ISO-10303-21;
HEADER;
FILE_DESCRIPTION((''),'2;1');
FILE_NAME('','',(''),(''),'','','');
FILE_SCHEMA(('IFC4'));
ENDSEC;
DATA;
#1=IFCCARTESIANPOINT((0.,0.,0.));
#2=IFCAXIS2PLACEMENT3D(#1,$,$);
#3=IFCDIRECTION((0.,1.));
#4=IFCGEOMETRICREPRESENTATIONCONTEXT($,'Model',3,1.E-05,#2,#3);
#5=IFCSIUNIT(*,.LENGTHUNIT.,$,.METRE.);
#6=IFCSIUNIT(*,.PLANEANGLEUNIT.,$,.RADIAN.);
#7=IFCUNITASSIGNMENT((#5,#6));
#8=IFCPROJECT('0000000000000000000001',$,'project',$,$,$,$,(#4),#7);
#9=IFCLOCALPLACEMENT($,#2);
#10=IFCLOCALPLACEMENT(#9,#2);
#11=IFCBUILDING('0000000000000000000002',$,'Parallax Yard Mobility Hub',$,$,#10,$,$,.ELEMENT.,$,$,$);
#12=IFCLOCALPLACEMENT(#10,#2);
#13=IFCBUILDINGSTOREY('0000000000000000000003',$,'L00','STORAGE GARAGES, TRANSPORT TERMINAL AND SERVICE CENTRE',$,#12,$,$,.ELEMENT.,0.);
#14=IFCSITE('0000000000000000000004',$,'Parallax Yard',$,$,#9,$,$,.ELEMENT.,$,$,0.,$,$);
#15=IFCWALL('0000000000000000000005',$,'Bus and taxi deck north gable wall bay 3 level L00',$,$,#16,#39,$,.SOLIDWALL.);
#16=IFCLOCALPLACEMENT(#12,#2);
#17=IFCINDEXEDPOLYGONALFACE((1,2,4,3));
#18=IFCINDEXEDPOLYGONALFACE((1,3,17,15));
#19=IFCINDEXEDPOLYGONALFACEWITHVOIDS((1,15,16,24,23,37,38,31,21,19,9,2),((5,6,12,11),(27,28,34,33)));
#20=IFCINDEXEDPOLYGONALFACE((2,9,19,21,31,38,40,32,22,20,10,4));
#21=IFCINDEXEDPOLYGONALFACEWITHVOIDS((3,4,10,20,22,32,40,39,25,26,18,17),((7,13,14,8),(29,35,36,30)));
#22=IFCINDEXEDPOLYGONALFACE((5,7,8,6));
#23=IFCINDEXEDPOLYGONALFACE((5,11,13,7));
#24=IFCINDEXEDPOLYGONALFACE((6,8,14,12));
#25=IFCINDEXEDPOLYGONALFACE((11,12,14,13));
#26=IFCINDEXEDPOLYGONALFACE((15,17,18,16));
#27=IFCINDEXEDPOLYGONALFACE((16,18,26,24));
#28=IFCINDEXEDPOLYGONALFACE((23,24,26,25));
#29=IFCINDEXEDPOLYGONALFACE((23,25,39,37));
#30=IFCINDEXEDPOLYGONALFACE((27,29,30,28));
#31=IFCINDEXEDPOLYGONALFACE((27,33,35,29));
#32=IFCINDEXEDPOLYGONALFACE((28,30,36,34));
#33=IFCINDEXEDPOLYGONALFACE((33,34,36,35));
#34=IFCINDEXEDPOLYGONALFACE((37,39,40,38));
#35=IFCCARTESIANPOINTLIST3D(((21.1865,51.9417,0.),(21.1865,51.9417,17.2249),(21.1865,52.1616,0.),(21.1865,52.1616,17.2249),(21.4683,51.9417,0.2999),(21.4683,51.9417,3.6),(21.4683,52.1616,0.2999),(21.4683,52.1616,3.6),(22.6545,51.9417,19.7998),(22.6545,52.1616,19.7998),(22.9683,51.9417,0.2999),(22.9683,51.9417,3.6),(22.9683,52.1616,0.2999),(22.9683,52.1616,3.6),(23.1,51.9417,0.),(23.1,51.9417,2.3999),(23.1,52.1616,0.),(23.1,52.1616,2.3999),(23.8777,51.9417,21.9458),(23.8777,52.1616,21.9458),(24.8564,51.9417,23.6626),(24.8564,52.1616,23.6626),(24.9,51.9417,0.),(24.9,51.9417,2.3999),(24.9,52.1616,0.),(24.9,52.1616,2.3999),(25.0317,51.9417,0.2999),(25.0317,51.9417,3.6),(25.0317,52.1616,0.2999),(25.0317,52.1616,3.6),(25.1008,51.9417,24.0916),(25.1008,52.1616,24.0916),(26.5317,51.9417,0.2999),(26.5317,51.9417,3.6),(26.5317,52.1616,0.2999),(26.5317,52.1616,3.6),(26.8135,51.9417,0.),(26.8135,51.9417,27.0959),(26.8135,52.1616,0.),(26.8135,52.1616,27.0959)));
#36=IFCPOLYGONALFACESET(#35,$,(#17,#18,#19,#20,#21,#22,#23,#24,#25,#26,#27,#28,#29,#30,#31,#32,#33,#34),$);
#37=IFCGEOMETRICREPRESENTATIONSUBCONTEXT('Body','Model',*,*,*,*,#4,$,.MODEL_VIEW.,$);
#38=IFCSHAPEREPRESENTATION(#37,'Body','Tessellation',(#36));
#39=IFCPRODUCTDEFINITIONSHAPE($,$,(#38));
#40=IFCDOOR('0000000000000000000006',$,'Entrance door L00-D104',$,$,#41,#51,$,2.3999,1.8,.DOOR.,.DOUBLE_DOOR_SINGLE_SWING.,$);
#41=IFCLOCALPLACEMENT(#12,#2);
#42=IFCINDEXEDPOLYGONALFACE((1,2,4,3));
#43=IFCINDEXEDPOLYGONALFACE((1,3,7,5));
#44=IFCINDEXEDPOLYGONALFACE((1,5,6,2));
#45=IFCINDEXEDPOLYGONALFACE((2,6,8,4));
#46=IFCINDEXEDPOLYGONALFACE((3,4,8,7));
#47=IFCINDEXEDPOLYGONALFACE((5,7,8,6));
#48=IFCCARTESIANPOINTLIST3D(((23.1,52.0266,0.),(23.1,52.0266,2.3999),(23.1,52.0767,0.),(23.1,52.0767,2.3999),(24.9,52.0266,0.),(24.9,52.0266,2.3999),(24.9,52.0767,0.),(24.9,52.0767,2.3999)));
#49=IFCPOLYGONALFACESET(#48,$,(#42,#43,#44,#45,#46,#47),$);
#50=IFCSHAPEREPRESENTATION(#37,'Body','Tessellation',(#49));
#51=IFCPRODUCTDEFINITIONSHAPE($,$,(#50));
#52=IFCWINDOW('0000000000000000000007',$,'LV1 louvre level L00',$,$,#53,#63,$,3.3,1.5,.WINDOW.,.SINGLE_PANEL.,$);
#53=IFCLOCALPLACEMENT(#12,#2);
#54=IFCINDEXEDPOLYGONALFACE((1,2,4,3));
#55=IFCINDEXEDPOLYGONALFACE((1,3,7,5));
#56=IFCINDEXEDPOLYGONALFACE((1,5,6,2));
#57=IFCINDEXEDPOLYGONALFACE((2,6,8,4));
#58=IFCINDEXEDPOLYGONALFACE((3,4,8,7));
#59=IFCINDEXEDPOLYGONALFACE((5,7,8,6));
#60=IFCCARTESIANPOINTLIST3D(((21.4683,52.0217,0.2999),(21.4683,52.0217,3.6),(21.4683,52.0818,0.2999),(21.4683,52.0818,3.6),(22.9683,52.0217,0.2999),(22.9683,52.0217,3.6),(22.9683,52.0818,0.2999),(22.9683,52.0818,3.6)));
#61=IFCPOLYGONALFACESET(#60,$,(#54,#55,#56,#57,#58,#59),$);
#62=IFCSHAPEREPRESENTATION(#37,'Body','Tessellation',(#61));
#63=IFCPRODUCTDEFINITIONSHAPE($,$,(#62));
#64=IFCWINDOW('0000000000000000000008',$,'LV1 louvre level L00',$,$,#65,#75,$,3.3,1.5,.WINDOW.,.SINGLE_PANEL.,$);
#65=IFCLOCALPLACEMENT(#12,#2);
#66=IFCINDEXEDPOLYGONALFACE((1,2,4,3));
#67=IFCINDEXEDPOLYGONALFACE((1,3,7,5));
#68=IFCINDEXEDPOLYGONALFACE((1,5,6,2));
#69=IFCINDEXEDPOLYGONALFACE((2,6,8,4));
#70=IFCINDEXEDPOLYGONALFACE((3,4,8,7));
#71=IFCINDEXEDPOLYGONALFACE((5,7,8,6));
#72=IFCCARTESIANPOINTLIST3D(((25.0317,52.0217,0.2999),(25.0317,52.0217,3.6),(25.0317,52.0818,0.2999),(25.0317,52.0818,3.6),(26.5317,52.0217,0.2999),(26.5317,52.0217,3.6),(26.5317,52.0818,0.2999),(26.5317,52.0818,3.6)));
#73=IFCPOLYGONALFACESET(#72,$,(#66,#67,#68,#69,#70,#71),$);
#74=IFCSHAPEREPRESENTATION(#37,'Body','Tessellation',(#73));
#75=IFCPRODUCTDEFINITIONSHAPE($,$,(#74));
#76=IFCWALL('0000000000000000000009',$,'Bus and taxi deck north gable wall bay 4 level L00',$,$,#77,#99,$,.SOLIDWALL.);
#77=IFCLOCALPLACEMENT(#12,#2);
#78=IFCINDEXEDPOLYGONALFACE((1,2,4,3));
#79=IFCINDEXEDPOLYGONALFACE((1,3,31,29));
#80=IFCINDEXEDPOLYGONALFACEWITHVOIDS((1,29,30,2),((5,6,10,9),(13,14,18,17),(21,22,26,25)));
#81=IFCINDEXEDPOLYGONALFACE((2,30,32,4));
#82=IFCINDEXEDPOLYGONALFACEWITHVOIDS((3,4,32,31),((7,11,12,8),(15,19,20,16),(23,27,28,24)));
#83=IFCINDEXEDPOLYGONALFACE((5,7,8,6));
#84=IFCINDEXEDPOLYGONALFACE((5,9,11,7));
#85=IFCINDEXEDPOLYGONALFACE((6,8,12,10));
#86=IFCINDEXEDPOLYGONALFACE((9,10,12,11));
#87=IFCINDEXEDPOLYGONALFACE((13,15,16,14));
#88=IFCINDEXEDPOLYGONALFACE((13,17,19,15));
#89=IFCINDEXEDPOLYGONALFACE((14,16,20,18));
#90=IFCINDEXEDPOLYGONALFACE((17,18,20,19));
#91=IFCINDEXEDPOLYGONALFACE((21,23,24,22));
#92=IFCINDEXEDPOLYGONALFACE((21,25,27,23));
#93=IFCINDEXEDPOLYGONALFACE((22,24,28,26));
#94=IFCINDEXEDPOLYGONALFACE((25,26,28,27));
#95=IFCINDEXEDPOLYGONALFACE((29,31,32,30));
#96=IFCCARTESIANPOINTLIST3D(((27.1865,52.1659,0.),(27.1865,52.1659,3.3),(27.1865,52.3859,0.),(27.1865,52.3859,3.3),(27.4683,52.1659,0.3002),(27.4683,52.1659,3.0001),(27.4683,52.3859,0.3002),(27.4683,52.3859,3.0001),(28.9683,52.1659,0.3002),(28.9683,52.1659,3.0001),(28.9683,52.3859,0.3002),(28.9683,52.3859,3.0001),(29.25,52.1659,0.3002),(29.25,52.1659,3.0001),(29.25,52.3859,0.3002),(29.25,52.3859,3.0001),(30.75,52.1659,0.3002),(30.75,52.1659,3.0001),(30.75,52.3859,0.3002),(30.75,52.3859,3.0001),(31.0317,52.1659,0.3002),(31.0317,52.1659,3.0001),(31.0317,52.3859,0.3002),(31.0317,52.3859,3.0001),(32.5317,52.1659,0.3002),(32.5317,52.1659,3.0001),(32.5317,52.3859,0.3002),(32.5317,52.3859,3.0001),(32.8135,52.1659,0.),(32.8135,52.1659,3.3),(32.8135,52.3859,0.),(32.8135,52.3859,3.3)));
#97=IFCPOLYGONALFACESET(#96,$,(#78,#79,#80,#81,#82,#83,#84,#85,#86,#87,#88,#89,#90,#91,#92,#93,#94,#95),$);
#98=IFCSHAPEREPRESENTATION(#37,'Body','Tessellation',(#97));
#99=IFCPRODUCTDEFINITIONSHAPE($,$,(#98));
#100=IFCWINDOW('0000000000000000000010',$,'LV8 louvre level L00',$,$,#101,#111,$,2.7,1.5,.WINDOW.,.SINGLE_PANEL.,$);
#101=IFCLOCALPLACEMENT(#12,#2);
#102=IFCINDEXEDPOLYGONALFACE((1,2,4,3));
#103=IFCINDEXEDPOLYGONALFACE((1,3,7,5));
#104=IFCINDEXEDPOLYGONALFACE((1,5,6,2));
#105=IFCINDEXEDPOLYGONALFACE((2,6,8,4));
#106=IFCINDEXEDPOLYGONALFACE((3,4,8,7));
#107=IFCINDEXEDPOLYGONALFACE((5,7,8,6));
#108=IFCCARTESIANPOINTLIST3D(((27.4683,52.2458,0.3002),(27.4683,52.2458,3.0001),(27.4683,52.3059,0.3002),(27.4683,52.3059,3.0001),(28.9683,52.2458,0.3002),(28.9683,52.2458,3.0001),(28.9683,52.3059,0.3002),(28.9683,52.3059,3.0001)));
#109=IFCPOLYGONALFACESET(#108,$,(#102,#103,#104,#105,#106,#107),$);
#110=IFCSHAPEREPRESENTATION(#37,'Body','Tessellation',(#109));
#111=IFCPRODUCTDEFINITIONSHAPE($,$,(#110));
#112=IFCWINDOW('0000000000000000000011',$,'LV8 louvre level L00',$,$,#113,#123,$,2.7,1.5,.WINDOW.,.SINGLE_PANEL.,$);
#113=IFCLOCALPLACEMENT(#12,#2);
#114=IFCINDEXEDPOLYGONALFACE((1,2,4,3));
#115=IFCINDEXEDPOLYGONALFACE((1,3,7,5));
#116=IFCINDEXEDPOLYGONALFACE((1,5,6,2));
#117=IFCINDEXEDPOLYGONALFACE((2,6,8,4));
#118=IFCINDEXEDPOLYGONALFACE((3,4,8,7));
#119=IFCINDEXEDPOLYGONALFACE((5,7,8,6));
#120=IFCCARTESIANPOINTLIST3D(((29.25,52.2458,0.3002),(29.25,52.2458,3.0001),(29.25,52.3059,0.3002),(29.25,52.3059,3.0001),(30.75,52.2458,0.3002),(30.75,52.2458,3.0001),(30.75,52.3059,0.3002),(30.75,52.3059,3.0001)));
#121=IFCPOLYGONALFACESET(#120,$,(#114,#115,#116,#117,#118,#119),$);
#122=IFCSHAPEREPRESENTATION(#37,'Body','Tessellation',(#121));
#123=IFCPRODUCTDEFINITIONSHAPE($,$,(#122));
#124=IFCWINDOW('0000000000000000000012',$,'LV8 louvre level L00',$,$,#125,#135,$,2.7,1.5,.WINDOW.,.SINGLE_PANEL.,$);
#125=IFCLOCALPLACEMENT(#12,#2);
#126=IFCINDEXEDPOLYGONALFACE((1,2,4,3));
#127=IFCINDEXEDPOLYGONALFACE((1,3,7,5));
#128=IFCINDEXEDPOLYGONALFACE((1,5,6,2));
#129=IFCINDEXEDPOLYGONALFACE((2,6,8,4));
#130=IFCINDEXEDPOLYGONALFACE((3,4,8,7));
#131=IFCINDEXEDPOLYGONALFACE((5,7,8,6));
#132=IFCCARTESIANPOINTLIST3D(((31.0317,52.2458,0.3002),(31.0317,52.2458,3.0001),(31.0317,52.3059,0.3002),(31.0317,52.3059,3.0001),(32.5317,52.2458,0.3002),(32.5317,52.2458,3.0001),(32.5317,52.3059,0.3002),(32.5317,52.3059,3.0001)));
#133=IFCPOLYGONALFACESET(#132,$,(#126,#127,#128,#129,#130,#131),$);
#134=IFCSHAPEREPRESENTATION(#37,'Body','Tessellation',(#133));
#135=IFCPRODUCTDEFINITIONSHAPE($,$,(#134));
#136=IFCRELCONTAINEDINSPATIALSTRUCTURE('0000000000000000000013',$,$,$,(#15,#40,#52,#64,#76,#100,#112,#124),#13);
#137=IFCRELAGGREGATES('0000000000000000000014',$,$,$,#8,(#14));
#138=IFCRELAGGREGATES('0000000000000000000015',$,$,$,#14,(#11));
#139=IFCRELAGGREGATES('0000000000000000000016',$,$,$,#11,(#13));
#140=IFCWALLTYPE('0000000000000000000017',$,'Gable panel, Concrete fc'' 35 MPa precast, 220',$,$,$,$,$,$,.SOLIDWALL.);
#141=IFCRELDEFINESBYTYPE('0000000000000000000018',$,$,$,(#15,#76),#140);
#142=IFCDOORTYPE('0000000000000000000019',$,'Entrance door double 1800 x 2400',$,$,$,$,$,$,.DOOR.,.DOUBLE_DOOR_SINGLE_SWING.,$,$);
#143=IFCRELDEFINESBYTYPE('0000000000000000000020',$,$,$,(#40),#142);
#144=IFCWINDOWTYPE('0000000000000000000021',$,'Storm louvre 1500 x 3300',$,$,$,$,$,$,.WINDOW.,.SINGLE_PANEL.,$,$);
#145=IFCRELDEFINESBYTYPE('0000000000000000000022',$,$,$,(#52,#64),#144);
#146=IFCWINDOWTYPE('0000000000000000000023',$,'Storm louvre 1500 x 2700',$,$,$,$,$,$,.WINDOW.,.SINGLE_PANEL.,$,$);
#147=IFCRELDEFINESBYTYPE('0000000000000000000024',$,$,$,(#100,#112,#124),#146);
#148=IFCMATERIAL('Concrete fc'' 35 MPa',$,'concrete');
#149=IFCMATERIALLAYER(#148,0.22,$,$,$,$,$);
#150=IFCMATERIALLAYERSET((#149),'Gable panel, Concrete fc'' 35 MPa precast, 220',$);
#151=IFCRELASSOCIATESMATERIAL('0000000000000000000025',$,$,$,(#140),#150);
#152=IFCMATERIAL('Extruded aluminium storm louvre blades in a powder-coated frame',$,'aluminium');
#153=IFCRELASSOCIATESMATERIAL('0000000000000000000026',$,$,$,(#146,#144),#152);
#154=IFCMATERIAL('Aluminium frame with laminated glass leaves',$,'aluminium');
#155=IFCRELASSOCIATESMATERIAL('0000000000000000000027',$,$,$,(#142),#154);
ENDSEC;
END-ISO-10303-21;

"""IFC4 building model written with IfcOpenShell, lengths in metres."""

from ifc_helpers import new_model, si_unit, direction, frame, frame_2d, origin, place, context, subcontext, project, spatial, polyline, rectangle, outline, extrude, material, layer, layer_set, type_object, element, fill, save


model = new_model("IFC4")

# Units and contexts
model_context = context("Model", 3, precision=1e-05, world=origin(), true_north=direction((0.0, 1.0)))
body_context = subcontext(model_context, "Body", "Model", "MODEL_VIEW")
ifc_project = project(units=[si_unit("LENGTHUNIT", "METRE"), si_unit("PLANEANGLEUNIT", "RADIAN")], contexts=[model_context])

# Site, building, storey
site_placement = place(None, origin())
site = spatial("IfcSite", under=ifc_project, at=site_placement, Name="Parallax Yard", CompositionType="ELEMENT", RefElevation=0.0)
building_placement = place(site_placement, origin())
building = spatial("IfcBuilding", under=site, at=building_placement, Name="Parallax Yard Mobility Hub", CompositionType="ELEMENT")
storey_placement = place(building_placement, origin())
storey = spatial("IfcBuildingStorey", under=building, at=storey_placement, Name="L00", Description="STORAGE GARAGES, TRANSPORT TERMINAL AND SERVICE CENTRE", CompositionType="ELEMENT", Elevation=0.0)

# Shared definitions
ifc_material_1 = material(Name="Concrete fc' 35 MPa", Category="concrete")
ifc_layer = layer(ifc_material_1, 0.22)
ifc_layer_set = layer_set([ifc_layer], Name="Gable panel, Concrete fc' 35 MPa precast, 220")
wall_type = type_object("IfcWallType", Name="Gable panel, Concrete fc' 35 MPa precast, 220", PredefinedType="SOLIDWALL", material=ifc_layer_set)
ifc_material_2 = material(Name="Extruded aluminium storm louvre blades in a powder-coated frame", Category="aluminium")
window_type_1 = type_object("IfcWindowType", Name="Storm louvre 1500 x 2700", PartitioningType="SINGLE_PANEL", PredefinedType="WINDOW", material=ifc_material_2)

# Wall, openings, door, windows
wall_1_placement = place(storey_placement, frame((21.1865, 52.0518, 0.0), z_axis=(0.0, 0.0, 1.0), x_axis=(1.0, 0.0, 0.0)))
wall_1 = element("IfcWall", 1, at=wall_1_placement, inside=storey, type_object=wall_type, Name="Bus and taxi deck north gable wall bay 3 level L00", PredefinedType="SOLIDWALL", context=body_context, shape_type="SweptSolid", body=[
    extrude(outline(polyline([(0.0, 0.0), (5.627, 0.0), (5.627, 27.0959), (5.3823, 26.6667), (5.1377, 26.2375), (3.9143, 24.0916), (3.6699, 23.6626), (2.6912, 21.9458), (2.4465, 21.5166), (1.468, 19.7998), (1.2234, 19.3706), (0.2446, 17.6538), (0.0, 17.2249), (0.0, 0.0)])), frame((0.0, 0.1099, 0.0), z_axis=(0.0, -1.0, 0.0), x_axis=(1.0, 0.0, 0.0)), (0.0, 0.0, 1.0), 0.22),
])
opening_1_placement = place(wall_1_placement, frame((1.9136, 0.0, 0.0)))
opening_1 = element("IfcOpeningElement", 2, at=opening_1_placement, cuts=wall_1, PredefinedType="OPENING", context=body_context, shape_type="SweptSolid", body=[
    extrude(rectangle(XDim=1.8, YDim=2.3999, at=frame_2d((0.8999, 1.2))), frame((0.0, 0.1201, 0.0), z_axis=(0.0, -1.0, 0.0), x_axis=(1.0, 0.0, 0.0)), (0.0, 0.0, 1.0), 0.24),
])
opening_2_placement = place(wall_1_placement, frame((0.2817, 0.0, 0.3)))
opening_2 = element("IfcOpeningElement", 3, at=opening_2_placement, cuts=wall_1, PredefinedType="OPENING", context=body_context, shape_type="SweptSolid", body=[
    extrude(rectangle(XDim=1.5, YDim=3.3, at=frame_2d((0.75, 1.6499))), frame((0.0, 0.1201, 0.0), z_axis=(0.0, -1.0, 0.0), x_axis=(1.0, 0.0, 0.0)), (0.0, 0.0, 1.0), 0.24),
])
opening_3_placement = place(wall_1_placement, frame((3.8452, 0.0, 0.3)))
opening_3 = element("IfcOpeningElement", 4, at=opening_3_placement, cuts=wall_1, PredefinedType="OPENING", context=body_context, shape_type="SweptSolid", body=[
    extrude(rectangle(XDim=1.5, YDim=3.3, at=frame_2d((0.75, 1.6499))), frame((0.0, 0.1201, 0.0), z_axis=(0.0, -1.0, 0.0), x_axis=(1.0, 0.0, 0.0)), (0.0, 0.0, 1.0), 0.24),
])
ifc_material_3 = material(Name="Aluminium frame with laminated glass leaves", Category="aluminium")
door_type = type_object("IfcDoorType", Name="Entrance door double 1800 x 2400", OperationType="DOUBLE_DOOR_SINGLE_SWING", PredefinedType="DOOR", material=ifc_material_3)
door_placement = place(opening_1_placement, origin())
door = element("IfcDoor", 5, at=door_placement, inside=storey, type_object=door_type, Name="Entrance door L00-D104", OperationType="DOUBLE_DOOR_SINGLE_SWING", OverallHeight=2.3999, OverallWidth=1.8, PredefinedType="DOOR", context=body_context, shape_type="SweptSolid", body=[
    extrude(rectangle(XDim=1.8, YDim=2.3999, at=frame_2d((0.8999, 1.2))), frame((0.0, 0.0249, 0.0), z_axis=(0.0, -1.0, 0.0), x_axis=(1.0, 0.0, 0.0)), (0.0, 0.0, 1.0), 0.05),
])
fill(opening_1, door)
window_type_2 = type_object("IfcWindowType", Name="Storm louvre 1500 x 3300", PartitioningType="SINGLE_PANEL", PredefinedType="WINDOW", material=ifc_material_2)
window_1_placement = place(opening_2_placement, origin())
window_1 = element("IfcWindow", 6, at=window_1_placement, inside=storey, type_object=window_type_2, Name="LV1 louvre level L00", OverallHeight=3.3, OverallWidth=1.5, PartitioningType="SINGLE_PANEL", PredefinedType="WINDOW", context=body_context, shape_type="SweptSolid", body=[
    extrude(rectangle(XDim=1.5, YDim=3.3, at=frame_2d((0.75, 1.6499))), frame((0.0, 0.03, 0.0), z_axis=(0.0, -1.0, 0.0), x_axis=(1.0, 0.0, 0.0)), (0.0, 0.0, 1.0), 0.0601),
])
fill(opening_2, window_1)
window_2_placement = place(opening_3_placement, origin())
window_2 = element("IfcWindow", 7, at=window_2_placement, inside=storey, type_object=window_type_2, Name="LV1 louvre level L00", OverallHeight=3.3, OverallWidth=1.5, PartitioningType="SINGLE_PANEL", PredefinedType="WINDOW", context=body_context, shape_type="SweptSolid", body=[
    extrude(rectangle(XDim=1.5, YDim=3.3, at=frame_2d((0.75, 1.6499))), frame((0.0, 0.03, 0.0), z_axis=(0.0, -1.0, 0.0), x_axis=(1.0, 0.0, 0.0)), (0.0, 0.0, 1.0), 0.0601),
])
fill(opening_3, window_2)

# Wall, openings, windows
wall_2_placement = place(storey_placement, frame((27.1865, 52.2759, 0.0), z_axis=(0.0, 0.0, 1.0), x_axis=(1.0, 0.0, 0.0)))
wall_2 = element("IfcWall", 8, at=wall_2_placement, inside=storey, type_object=wall_type, Name="Bus and taxi deck north gable wall bay 4 level L00", PredefinedType="SOLIDWALL", context=body_context, shape_type="SweptSolid", body=[
    extrude(rectangle(XDim=5.627, YDim=0.22, at=frame_2d((2.8135, 0.0))), origin(), (0.0, 0.0, 1.0), 3.3),
])
opening_4_placement = place(wall_2_placement, frame((0.2817, 0.0, 0.3)))
opening_4 = element("IfcOpeningElement", 9, at=opening_4_placement, cuts=wall_2, PredefinedType="OPENING", context=body_context, shape_type="SweptSolid", body=[
    extrude(rectangle(XDim=1.5, YDim=2.7, at=frame_2d((0.75, 1.3501))), frame((0.0, 0.1201, 0.0), z_axis=(0.0, -1.0, 0.0), x_axis=(1.0, 0.0, 0.0)), (0.0, 0.0, 1.0), 0.24),
])
opening_5_placement = place(wall_2_placement, frame((2.0635, 0.0, 0.3)))
opening_5 = element("IfcOpeningElement", 10, at=opening_5_placement, cuts=wall_2, PredefinedType="OPENING", context=body_context, shape_type="SweptSolid", body=[
    extrude(rectangle(XDim=1.5, YDim=2.7, at=frame_2d((0.75, 1.3501))), frame((0.0, 0.1201, 0.0), z_axis=(0.0, -1.0, 0.0), x_axis=(1.0, 0.0, 0.0)), (0.0, 0.0, 1.0), 0.24),
])
opening_6_placement = place(wall_2_placement, frame((3.8452, 0.0, 0.3)))
opening_6 = element("IfcOpeningElement", 11, at=opening_6_placement, cuts=wall_2, PredefinedType="OPENING", context=body_context, shape_type="SweptSolid", body=[
    extrude(rectangle(XDim=1.5, YDim=2.7, at=frame_2d((0.75, 1.3501))), frame((0.0, 0.1201, 0.0), z_axis=(0.0, -1.0, 0.0), x_axis=(1.0, 0.0, 0.0)), (0.0, 0.0, 1.0), 0.24),
])
window_3_placement = place(opening_4_placement, origin())
window_3 = element("IfcWindow", 12, at=window_3_placement, inside=storey, type_object=window_type_1, Name="LV8 louvre level L00", OverallHeight=2.7, OverallWidth=1.5, PartitioningType="SINGLE_PANEL", PredefinedType="WINDOW", context=body_context, shape_type="SweptSolid", body=[
    extrude(rectangle(XDim=1.5, YDim=2.7, at=frame_2d((0.75, 1.3501))), frame((0.0, 0.03, 0.0), z_axis=(0.0, -1.0, 0.0), x_axis=(1.0, 0.0, 0.0)), (0.0, 0.0, 1.0), 0.0601),
])
fill(opening_4, window_3)
window_4_placement = place(opening_5_placement, origin())
window_4 = element("IfcWindow", 13, at=window_4_placement, inside=storey, type_object=window_type_1, Name="LV8 louvre level L00", OverallHeight=2.7, OverallWidth=1.5, PartitioningType="SINGLE_PANEL", PredefinedType="WINDOW", context=body_context, shape_type="SweptSolid", body=[
    extrude(rectangle(XDim=1.5, YDim=2.7, at=frame_2d((0.75, 1.3501))), frame((0.0, 0.03, 0.0), z_axis=(0.0, -1.0, 0.0), x_axis=(1.0, 0.0, 0.0)), (0.0, 0.0, 1.0), 0.0601),
])
fill(opening_5, window_4)
window_5_placement = place(opening_6_placement, origin())
window_5 = element("IfcWindow", 14, at=window_5_placement, inside=storey, type_object=window_type_1, Name="LV8 louvre level L00", OverallHeight=2.7, OverallWidth=1.5, PartitioningType="SINGLE_PANEL", PredefinedType="WINDOW", context=body_context, shape_type="SweptSolid", body=[
    extrude(rectangle(XDim=1.5, YDim=2.7, at=frame_2d((0.75, 1.3501))), frame((0.0, 0.03, 0.0), z_axis=(0.0, -1.0, 0.0), x_axis=(1.0, 0.0, 0.0)), (0.0, 0.0, 1.0), 0.0601),
])
fill(opening_6, window_5)

save(model, "model.ifc")
